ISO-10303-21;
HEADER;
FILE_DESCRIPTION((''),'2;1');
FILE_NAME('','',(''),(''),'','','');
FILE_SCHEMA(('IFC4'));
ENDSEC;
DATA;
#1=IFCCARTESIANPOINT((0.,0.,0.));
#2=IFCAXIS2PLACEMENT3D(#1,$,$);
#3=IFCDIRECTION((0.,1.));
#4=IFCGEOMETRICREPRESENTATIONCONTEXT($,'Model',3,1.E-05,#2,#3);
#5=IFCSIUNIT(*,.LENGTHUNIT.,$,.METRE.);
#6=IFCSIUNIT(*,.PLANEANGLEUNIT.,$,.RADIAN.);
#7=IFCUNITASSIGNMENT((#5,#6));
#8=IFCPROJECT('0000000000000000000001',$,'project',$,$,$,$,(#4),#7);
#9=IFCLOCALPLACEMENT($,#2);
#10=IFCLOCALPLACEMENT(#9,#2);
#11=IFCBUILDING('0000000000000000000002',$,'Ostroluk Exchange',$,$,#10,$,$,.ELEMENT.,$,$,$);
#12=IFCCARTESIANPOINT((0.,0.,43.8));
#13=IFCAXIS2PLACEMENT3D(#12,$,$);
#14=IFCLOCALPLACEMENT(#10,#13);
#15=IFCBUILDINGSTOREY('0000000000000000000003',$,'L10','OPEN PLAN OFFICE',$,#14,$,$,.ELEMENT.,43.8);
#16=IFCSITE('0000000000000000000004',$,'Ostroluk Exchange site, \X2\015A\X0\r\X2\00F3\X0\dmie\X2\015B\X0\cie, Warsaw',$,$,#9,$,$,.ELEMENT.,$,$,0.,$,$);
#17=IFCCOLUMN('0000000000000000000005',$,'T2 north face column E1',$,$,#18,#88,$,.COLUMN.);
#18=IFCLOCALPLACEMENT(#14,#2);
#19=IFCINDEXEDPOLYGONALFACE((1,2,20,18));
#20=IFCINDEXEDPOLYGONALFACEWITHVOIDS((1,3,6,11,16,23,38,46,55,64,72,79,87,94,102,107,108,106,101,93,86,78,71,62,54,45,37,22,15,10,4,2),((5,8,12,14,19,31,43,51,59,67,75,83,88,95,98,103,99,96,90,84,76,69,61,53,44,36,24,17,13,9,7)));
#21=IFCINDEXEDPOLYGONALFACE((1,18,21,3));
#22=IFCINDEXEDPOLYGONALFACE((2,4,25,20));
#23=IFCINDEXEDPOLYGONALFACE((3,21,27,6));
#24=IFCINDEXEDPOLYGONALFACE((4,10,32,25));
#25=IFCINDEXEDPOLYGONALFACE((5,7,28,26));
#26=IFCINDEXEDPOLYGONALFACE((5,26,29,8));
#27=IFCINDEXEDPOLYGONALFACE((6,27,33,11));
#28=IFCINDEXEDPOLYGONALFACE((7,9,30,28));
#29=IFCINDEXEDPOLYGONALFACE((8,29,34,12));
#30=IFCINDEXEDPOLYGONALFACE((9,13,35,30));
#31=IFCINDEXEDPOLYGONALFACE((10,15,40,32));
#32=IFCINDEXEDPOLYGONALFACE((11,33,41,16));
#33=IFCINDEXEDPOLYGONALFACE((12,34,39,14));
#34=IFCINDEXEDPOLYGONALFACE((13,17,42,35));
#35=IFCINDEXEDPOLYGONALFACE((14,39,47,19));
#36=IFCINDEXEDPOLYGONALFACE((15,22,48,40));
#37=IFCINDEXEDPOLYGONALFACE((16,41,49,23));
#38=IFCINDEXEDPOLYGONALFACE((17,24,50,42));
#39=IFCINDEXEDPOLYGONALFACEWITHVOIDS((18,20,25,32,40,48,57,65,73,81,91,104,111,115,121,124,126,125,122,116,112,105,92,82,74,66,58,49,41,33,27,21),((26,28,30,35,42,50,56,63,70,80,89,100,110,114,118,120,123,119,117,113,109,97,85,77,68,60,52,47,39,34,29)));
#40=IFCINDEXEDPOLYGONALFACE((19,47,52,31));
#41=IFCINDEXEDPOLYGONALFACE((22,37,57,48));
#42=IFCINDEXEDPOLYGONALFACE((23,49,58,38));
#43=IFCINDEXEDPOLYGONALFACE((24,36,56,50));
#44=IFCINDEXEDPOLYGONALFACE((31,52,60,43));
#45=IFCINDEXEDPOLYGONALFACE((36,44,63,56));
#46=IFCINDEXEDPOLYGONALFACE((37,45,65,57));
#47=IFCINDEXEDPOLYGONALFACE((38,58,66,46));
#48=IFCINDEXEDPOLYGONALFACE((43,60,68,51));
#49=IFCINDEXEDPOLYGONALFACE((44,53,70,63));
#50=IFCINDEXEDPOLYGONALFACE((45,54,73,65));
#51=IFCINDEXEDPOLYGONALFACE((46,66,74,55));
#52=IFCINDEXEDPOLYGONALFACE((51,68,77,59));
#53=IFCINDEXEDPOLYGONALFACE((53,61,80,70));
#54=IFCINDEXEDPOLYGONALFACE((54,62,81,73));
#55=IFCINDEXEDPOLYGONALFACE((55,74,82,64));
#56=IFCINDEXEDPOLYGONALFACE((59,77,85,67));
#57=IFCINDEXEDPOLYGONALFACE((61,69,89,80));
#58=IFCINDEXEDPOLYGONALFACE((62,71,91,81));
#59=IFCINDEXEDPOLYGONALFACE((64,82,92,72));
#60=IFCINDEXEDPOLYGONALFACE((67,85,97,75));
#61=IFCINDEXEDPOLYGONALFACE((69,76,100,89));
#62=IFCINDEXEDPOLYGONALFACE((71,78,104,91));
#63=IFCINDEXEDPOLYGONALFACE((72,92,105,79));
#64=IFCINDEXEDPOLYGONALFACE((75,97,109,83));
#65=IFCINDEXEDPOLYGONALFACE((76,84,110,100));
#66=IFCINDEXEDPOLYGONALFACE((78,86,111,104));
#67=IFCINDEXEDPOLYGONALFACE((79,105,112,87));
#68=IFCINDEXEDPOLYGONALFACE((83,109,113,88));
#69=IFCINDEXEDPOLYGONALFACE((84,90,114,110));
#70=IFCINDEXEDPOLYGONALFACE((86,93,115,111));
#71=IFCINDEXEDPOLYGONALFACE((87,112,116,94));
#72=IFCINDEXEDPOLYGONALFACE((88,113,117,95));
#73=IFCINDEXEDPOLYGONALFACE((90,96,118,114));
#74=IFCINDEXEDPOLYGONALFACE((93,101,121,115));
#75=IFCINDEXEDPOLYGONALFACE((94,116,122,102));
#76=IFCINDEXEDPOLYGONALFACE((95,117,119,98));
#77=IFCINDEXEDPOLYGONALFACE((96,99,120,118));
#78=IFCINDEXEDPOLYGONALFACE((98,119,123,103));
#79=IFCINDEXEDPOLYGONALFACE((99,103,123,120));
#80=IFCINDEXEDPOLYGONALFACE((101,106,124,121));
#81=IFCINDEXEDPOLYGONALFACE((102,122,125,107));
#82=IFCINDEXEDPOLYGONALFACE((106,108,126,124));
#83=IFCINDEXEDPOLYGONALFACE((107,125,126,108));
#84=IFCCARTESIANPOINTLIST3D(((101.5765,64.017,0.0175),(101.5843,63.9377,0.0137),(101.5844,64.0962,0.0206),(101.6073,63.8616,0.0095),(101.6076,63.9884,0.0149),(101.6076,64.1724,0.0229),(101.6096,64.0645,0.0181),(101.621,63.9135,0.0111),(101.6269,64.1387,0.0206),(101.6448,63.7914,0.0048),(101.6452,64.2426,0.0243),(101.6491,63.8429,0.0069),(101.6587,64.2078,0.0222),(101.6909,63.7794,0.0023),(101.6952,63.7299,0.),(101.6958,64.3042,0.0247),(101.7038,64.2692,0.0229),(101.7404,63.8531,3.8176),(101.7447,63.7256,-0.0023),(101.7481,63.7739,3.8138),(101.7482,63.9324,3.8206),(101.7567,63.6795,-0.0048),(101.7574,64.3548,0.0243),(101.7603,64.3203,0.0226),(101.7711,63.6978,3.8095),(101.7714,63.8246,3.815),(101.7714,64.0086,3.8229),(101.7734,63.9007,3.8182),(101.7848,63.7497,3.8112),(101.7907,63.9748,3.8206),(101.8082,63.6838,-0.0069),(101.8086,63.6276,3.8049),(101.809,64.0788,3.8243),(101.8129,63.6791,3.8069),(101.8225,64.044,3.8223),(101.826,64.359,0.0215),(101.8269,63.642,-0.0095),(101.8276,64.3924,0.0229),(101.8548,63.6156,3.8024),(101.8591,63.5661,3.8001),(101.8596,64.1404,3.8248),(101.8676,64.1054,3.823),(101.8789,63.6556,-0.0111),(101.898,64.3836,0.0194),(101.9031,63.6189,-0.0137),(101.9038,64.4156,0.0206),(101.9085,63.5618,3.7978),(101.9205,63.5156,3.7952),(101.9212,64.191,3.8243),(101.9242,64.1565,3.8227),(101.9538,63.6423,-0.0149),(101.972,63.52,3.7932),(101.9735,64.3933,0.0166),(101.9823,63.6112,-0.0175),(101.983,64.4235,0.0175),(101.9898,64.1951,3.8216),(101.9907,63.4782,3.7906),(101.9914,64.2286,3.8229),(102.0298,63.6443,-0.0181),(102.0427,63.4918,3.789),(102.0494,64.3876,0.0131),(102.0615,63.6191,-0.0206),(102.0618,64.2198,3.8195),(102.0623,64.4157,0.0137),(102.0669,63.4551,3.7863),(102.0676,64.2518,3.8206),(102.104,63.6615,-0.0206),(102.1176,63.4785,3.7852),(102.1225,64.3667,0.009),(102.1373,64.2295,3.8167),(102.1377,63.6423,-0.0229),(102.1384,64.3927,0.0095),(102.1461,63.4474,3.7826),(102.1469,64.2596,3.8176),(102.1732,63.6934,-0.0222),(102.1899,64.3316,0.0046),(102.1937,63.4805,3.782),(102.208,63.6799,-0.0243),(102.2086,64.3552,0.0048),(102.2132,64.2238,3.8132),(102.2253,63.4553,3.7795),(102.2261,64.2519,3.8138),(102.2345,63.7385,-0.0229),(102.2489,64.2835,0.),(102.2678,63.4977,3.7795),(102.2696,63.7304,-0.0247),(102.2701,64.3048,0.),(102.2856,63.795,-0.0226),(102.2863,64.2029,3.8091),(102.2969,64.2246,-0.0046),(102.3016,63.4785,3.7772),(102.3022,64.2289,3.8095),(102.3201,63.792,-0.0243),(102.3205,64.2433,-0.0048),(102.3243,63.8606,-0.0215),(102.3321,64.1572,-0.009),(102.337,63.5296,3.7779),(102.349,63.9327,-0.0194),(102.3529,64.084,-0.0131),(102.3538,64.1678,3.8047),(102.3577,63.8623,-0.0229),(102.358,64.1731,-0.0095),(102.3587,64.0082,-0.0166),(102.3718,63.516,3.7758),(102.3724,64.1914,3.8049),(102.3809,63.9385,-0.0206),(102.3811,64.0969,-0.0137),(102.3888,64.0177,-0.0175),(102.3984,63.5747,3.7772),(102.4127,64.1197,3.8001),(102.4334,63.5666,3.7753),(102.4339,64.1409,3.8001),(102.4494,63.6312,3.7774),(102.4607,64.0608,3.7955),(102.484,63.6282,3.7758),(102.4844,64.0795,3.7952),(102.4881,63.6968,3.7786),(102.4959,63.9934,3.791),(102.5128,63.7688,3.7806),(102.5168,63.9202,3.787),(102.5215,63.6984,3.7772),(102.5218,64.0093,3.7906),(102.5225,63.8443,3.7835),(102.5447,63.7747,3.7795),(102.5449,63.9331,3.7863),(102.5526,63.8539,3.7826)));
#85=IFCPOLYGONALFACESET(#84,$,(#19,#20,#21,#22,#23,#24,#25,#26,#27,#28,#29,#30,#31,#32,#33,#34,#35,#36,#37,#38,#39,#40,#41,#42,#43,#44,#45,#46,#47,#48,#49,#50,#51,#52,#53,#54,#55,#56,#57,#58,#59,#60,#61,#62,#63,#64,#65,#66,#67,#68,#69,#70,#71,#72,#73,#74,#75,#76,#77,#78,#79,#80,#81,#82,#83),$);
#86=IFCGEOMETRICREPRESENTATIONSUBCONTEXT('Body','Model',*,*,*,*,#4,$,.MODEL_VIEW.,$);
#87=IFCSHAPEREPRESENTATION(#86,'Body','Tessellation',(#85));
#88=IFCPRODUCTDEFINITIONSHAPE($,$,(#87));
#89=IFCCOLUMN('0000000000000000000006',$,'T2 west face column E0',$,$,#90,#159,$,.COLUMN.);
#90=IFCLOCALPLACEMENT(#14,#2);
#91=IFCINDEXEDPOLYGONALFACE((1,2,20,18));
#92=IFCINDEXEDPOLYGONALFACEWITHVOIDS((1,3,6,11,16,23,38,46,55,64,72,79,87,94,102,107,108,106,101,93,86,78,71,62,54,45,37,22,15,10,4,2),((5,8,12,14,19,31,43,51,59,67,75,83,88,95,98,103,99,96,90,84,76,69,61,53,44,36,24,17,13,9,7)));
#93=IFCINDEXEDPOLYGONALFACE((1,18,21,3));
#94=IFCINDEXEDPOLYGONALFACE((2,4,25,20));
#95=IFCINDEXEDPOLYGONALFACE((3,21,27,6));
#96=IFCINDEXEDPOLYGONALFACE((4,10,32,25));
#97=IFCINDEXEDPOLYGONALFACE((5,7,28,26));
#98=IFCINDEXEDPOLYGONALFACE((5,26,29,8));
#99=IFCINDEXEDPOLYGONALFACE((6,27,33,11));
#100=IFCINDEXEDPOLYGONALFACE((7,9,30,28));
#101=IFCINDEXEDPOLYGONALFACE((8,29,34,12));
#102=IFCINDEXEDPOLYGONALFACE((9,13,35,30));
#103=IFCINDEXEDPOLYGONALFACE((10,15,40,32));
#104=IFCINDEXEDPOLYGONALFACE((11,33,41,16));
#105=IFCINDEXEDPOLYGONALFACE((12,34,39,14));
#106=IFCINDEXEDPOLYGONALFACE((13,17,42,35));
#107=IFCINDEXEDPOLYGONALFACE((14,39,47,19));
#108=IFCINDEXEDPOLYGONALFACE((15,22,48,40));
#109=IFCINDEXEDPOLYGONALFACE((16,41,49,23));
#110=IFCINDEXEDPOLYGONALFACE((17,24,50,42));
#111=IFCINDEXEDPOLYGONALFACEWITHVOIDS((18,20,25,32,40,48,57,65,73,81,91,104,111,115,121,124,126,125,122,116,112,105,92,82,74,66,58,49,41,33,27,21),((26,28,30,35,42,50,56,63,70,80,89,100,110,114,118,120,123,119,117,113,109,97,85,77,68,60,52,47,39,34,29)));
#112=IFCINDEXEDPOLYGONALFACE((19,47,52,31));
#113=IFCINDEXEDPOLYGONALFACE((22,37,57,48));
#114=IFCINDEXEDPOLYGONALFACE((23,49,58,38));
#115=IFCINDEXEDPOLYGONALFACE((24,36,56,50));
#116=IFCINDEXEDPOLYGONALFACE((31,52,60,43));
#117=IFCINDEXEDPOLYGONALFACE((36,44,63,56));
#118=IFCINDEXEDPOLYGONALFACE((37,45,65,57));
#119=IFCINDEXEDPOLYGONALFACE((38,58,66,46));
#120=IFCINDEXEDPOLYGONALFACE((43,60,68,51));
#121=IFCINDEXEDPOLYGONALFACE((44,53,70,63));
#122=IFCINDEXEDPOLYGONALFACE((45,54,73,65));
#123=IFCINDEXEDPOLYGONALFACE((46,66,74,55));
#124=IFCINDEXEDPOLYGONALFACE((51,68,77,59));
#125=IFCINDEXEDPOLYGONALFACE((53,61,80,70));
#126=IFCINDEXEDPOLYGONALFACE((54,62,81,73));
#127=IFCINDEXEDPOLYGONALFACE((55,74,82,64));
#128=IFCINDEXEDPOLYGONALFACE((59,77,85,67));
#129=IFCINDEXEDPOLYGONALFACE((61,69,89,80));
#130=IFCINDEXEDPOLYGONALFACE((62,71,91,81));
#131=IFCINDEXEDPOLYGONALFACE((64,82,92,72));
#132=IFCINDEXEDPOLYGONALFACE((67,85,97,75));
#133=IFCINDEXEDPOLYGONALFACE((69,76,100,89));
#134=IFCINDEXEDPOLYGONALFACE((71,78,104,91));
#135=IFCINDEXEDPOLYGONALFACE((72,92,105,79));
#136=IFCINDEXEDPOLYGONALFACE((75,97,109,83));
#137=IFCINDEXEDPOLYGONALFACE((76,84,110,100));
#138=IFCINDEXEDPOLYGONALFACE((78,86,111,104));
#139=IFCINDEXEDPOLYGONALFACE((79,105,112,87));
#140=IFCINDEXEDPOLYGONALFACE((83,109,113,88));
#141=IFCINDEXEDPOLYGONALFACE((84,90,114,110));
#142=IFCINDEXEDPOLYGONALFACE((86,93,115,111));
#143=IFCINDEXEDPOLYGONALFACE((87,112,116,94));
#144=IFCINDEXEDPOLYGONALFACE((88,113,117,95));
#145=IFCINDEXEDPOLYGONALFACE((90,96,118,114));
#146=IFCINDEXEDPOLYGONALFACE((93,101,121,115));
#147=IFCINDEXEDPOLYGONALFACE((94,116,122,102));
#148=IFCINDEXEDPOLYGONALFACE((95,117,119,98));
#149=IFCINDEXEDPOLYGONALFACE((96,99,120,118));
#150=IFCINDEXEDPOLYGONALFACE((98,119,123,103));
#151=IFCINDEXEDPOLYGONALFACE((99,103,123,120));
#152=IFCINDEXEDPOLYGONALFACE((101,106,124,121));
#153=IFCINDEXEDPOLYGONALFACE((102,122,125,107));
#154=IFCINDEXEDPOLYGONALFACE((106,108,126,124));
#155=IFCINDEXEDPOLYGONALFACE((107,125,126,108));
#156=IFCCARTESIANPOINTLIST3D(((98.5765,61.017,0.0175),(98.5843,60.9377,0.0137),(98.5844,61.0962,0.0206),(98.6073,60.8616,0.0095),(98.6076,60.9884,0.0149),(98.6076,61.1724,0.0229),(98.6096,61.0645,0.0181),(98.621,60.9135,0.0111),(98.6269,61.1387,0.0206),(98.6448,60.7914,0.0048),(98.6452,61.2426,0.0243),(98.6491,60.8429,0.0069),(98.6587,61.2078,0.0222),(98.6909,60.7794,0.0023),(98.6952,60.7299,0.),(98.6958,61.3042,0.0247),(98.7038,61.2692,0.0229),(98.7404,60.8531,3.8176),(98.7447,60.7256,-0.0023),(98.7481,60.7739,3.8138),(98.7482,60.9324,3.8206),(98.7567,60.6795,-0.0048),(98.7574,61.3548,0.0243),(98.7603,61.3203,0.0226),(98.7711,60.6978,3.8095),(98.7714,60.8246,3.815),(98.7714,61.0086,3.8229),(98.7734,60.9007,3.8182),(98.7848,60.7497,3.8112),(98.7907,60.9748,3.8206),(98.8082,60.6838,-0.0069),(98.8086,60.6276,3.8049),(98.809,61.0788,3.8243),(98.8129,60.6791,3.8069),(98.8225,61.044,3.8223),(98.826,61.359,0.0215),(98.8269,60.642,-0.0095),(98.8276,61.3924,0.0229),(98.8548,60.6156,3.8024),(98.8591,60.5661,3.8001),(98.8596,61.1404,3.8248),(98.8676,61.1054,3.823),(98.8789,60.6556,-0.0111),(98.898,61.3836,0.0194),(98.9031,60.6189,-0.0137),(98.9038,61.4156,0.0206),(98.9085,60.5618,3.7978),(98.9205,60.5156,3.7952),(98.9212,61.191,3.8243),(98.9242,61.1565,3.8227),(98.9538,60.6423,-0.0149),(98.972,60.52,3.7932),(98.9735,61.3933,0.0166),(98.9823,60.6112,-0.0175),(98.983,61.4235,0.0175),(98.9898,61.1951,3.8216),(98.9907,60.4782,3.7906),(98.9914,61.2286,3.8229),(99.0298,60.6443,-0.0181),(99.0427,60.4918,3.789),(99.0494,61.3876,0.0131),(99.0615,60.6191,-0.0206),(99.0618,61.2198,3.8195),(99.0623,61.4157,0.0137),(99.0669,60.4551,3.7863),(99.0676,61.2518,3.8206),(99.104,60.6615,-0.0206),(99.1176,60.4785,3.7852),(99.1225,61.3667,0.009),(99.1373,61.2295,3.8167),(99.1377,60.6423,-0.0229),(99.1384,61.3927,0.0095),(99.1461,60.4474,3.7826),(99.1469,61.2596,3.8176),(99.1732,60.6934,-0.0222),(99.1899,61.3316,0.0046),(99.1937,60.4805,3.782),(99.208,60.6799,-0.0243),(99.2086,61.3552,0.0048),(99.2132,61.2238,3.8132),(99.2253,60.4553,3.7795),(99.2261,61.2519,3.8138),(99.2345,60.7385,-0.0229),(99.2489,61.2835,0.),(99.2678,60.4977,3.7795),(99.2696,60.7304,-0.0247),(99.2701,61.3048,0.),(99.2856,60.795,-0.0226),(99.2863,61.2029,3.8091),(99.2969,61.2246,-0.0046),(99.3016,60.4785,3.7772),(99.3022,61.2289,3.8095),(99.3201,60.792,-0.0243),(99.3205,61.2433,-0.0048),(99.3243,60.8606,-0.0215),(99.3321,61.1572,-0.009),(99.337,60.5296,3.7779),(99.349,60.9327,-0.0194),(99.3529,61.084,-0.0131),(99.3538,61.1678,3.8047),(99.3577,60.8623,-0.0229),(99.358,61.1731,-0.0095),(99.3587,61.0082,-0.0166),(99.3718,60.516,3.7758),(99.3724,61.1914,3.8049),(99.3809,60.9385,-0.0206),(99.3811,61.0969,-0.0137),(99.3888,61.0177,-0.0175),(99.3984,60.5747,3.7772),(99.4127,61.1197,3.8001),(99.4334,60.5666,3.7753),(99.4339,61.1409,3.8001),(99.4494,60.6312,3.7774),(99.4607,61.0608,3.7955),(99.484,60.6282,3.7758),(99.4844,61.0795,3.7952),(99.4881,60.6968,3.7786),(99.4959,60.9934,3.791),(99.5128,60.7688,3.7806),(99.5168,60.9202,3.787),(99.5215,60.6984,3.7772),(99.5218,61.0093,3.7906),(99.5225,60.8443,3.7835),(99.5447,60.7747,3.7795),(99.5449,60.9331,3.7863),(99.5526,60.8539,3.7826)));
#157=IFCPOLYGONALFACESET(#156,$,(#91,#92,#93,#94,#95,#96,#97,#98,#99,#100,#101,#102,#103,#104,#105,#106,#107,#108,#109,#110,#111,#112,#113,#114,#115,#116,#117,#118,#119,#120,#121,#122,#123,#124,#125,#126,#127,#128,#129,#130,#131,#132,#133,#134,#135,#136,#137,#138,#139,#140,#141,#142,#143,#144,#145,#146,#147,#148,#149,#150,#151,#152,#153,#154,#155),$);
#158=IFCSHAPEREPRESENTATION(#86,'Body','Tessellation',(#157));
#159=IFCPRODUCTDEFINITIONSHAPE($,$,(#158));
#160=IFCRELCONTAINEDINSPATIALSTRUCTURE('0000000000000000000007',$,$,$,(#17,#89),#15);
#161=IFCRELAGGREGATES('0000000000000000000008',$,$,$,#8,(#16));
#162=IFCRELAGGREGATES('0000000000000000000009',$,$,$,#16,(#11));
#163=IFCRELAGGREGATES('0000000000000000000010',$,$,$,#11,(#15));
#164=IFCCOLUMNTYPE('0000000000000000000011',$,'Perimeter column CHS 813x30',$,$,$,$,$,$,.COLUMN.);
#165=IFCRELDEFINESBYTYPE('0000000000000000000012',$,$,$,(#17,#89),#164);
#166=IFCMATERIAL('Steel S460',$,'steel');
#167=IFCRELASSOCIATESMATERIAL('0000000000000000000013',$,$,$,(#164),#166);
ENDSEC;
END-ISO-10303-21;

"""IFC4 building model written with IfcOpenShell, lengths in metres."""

from ifc_helpers import new_model, si_unit, direction, frame, origin, origin_2d, place, context, subcontext, project, spatial, hollow_circle, extrude, material, material_profile, profile_set, type_object, element, save


model = new_model("IFC4")

# Units and contexts
model_context = context("Model", 3, precision=1e-05, world=origin(), true_north=direction((0.0, 1.0)))
body_context = subcontext(model_context, "Body", "Model", "MODEL_VIEW")
ifc_project = project(units=[si_unit("LENGTHUNIT", "METRE"), si_unit("PLANEANGLEUNIT", "RADIAN")], contexts=[model_context])

# Site, building, storey
site_placement = place(None, origin())
site = spatial("IfcSite", under=ifc_project, at=site_placement, Name="Ostroluk Exchange site, Śródmieście, Warsaw", CompositionType="ELEMENT", RefElevation=0.0)
building_placement = place(site_placement, origin())
building = spatial("IfcBuilding", under=site, at=building_placement, Name="Ostroluk Exchange", CompositionType="ELEMENT")
storey_placement = place(building_placement, frame((0.0, 0.0, 43.8)))
storey = spatial("IfcBuildingStorey", under=building, at=storey_placement, Name="L10", Description="OPEN PLAN OFFICE", CompositionType="ELEMENT", Elevation=43.8)

# Columns
ifc_material_1 = material(Name="Steel S460", Category="steel")
ifc_material_profile_1 = material_profile(ifc_material_1, hollow_circle(Radius=0.4065, WallThickness=0.03, at=origin_2d()), Name="CHS 813x30")
ifc_profile_set_1 = profile_set([ifc_material_profile_1], Name="Steel S460")
column_type = type_object("IfcColumnType", Name="Perimeter column CHS 813x30", PredefinedType="COLUMN", material=ifc_profile_set_1)
for number, where, z_axis, x_axis, name in (
    (1, (101.9827, 64.0173, 0.0), (0.04303, -0.04303, 0.998147), (0.707107, 0.707107, 0.0), "T2 north face column E1"),
    (2, (98.9827, 61.0173, 0.0), (0.04303, -0.04303, 0.998147), (0.707107, 0.707107, 0.0), "T2 west face column E0"),
):
    element("IfcColumn", number, at=place(storey_placement, frame(where, z_axis=z_axis, x_axis=x_axis)), inside=storey, type_object=column_type, Name=name, PredefinedType="COLUMN", context=body_context, shape_type="SweptSolid", body=[
        extrude(hollow_circle(Radius=0.4065, WallThickness=0.03, at=origin_2d()), origin(), (0.0, 0.0, 1.0), 3.8071),
    ])

save(model, "model.ifc")
